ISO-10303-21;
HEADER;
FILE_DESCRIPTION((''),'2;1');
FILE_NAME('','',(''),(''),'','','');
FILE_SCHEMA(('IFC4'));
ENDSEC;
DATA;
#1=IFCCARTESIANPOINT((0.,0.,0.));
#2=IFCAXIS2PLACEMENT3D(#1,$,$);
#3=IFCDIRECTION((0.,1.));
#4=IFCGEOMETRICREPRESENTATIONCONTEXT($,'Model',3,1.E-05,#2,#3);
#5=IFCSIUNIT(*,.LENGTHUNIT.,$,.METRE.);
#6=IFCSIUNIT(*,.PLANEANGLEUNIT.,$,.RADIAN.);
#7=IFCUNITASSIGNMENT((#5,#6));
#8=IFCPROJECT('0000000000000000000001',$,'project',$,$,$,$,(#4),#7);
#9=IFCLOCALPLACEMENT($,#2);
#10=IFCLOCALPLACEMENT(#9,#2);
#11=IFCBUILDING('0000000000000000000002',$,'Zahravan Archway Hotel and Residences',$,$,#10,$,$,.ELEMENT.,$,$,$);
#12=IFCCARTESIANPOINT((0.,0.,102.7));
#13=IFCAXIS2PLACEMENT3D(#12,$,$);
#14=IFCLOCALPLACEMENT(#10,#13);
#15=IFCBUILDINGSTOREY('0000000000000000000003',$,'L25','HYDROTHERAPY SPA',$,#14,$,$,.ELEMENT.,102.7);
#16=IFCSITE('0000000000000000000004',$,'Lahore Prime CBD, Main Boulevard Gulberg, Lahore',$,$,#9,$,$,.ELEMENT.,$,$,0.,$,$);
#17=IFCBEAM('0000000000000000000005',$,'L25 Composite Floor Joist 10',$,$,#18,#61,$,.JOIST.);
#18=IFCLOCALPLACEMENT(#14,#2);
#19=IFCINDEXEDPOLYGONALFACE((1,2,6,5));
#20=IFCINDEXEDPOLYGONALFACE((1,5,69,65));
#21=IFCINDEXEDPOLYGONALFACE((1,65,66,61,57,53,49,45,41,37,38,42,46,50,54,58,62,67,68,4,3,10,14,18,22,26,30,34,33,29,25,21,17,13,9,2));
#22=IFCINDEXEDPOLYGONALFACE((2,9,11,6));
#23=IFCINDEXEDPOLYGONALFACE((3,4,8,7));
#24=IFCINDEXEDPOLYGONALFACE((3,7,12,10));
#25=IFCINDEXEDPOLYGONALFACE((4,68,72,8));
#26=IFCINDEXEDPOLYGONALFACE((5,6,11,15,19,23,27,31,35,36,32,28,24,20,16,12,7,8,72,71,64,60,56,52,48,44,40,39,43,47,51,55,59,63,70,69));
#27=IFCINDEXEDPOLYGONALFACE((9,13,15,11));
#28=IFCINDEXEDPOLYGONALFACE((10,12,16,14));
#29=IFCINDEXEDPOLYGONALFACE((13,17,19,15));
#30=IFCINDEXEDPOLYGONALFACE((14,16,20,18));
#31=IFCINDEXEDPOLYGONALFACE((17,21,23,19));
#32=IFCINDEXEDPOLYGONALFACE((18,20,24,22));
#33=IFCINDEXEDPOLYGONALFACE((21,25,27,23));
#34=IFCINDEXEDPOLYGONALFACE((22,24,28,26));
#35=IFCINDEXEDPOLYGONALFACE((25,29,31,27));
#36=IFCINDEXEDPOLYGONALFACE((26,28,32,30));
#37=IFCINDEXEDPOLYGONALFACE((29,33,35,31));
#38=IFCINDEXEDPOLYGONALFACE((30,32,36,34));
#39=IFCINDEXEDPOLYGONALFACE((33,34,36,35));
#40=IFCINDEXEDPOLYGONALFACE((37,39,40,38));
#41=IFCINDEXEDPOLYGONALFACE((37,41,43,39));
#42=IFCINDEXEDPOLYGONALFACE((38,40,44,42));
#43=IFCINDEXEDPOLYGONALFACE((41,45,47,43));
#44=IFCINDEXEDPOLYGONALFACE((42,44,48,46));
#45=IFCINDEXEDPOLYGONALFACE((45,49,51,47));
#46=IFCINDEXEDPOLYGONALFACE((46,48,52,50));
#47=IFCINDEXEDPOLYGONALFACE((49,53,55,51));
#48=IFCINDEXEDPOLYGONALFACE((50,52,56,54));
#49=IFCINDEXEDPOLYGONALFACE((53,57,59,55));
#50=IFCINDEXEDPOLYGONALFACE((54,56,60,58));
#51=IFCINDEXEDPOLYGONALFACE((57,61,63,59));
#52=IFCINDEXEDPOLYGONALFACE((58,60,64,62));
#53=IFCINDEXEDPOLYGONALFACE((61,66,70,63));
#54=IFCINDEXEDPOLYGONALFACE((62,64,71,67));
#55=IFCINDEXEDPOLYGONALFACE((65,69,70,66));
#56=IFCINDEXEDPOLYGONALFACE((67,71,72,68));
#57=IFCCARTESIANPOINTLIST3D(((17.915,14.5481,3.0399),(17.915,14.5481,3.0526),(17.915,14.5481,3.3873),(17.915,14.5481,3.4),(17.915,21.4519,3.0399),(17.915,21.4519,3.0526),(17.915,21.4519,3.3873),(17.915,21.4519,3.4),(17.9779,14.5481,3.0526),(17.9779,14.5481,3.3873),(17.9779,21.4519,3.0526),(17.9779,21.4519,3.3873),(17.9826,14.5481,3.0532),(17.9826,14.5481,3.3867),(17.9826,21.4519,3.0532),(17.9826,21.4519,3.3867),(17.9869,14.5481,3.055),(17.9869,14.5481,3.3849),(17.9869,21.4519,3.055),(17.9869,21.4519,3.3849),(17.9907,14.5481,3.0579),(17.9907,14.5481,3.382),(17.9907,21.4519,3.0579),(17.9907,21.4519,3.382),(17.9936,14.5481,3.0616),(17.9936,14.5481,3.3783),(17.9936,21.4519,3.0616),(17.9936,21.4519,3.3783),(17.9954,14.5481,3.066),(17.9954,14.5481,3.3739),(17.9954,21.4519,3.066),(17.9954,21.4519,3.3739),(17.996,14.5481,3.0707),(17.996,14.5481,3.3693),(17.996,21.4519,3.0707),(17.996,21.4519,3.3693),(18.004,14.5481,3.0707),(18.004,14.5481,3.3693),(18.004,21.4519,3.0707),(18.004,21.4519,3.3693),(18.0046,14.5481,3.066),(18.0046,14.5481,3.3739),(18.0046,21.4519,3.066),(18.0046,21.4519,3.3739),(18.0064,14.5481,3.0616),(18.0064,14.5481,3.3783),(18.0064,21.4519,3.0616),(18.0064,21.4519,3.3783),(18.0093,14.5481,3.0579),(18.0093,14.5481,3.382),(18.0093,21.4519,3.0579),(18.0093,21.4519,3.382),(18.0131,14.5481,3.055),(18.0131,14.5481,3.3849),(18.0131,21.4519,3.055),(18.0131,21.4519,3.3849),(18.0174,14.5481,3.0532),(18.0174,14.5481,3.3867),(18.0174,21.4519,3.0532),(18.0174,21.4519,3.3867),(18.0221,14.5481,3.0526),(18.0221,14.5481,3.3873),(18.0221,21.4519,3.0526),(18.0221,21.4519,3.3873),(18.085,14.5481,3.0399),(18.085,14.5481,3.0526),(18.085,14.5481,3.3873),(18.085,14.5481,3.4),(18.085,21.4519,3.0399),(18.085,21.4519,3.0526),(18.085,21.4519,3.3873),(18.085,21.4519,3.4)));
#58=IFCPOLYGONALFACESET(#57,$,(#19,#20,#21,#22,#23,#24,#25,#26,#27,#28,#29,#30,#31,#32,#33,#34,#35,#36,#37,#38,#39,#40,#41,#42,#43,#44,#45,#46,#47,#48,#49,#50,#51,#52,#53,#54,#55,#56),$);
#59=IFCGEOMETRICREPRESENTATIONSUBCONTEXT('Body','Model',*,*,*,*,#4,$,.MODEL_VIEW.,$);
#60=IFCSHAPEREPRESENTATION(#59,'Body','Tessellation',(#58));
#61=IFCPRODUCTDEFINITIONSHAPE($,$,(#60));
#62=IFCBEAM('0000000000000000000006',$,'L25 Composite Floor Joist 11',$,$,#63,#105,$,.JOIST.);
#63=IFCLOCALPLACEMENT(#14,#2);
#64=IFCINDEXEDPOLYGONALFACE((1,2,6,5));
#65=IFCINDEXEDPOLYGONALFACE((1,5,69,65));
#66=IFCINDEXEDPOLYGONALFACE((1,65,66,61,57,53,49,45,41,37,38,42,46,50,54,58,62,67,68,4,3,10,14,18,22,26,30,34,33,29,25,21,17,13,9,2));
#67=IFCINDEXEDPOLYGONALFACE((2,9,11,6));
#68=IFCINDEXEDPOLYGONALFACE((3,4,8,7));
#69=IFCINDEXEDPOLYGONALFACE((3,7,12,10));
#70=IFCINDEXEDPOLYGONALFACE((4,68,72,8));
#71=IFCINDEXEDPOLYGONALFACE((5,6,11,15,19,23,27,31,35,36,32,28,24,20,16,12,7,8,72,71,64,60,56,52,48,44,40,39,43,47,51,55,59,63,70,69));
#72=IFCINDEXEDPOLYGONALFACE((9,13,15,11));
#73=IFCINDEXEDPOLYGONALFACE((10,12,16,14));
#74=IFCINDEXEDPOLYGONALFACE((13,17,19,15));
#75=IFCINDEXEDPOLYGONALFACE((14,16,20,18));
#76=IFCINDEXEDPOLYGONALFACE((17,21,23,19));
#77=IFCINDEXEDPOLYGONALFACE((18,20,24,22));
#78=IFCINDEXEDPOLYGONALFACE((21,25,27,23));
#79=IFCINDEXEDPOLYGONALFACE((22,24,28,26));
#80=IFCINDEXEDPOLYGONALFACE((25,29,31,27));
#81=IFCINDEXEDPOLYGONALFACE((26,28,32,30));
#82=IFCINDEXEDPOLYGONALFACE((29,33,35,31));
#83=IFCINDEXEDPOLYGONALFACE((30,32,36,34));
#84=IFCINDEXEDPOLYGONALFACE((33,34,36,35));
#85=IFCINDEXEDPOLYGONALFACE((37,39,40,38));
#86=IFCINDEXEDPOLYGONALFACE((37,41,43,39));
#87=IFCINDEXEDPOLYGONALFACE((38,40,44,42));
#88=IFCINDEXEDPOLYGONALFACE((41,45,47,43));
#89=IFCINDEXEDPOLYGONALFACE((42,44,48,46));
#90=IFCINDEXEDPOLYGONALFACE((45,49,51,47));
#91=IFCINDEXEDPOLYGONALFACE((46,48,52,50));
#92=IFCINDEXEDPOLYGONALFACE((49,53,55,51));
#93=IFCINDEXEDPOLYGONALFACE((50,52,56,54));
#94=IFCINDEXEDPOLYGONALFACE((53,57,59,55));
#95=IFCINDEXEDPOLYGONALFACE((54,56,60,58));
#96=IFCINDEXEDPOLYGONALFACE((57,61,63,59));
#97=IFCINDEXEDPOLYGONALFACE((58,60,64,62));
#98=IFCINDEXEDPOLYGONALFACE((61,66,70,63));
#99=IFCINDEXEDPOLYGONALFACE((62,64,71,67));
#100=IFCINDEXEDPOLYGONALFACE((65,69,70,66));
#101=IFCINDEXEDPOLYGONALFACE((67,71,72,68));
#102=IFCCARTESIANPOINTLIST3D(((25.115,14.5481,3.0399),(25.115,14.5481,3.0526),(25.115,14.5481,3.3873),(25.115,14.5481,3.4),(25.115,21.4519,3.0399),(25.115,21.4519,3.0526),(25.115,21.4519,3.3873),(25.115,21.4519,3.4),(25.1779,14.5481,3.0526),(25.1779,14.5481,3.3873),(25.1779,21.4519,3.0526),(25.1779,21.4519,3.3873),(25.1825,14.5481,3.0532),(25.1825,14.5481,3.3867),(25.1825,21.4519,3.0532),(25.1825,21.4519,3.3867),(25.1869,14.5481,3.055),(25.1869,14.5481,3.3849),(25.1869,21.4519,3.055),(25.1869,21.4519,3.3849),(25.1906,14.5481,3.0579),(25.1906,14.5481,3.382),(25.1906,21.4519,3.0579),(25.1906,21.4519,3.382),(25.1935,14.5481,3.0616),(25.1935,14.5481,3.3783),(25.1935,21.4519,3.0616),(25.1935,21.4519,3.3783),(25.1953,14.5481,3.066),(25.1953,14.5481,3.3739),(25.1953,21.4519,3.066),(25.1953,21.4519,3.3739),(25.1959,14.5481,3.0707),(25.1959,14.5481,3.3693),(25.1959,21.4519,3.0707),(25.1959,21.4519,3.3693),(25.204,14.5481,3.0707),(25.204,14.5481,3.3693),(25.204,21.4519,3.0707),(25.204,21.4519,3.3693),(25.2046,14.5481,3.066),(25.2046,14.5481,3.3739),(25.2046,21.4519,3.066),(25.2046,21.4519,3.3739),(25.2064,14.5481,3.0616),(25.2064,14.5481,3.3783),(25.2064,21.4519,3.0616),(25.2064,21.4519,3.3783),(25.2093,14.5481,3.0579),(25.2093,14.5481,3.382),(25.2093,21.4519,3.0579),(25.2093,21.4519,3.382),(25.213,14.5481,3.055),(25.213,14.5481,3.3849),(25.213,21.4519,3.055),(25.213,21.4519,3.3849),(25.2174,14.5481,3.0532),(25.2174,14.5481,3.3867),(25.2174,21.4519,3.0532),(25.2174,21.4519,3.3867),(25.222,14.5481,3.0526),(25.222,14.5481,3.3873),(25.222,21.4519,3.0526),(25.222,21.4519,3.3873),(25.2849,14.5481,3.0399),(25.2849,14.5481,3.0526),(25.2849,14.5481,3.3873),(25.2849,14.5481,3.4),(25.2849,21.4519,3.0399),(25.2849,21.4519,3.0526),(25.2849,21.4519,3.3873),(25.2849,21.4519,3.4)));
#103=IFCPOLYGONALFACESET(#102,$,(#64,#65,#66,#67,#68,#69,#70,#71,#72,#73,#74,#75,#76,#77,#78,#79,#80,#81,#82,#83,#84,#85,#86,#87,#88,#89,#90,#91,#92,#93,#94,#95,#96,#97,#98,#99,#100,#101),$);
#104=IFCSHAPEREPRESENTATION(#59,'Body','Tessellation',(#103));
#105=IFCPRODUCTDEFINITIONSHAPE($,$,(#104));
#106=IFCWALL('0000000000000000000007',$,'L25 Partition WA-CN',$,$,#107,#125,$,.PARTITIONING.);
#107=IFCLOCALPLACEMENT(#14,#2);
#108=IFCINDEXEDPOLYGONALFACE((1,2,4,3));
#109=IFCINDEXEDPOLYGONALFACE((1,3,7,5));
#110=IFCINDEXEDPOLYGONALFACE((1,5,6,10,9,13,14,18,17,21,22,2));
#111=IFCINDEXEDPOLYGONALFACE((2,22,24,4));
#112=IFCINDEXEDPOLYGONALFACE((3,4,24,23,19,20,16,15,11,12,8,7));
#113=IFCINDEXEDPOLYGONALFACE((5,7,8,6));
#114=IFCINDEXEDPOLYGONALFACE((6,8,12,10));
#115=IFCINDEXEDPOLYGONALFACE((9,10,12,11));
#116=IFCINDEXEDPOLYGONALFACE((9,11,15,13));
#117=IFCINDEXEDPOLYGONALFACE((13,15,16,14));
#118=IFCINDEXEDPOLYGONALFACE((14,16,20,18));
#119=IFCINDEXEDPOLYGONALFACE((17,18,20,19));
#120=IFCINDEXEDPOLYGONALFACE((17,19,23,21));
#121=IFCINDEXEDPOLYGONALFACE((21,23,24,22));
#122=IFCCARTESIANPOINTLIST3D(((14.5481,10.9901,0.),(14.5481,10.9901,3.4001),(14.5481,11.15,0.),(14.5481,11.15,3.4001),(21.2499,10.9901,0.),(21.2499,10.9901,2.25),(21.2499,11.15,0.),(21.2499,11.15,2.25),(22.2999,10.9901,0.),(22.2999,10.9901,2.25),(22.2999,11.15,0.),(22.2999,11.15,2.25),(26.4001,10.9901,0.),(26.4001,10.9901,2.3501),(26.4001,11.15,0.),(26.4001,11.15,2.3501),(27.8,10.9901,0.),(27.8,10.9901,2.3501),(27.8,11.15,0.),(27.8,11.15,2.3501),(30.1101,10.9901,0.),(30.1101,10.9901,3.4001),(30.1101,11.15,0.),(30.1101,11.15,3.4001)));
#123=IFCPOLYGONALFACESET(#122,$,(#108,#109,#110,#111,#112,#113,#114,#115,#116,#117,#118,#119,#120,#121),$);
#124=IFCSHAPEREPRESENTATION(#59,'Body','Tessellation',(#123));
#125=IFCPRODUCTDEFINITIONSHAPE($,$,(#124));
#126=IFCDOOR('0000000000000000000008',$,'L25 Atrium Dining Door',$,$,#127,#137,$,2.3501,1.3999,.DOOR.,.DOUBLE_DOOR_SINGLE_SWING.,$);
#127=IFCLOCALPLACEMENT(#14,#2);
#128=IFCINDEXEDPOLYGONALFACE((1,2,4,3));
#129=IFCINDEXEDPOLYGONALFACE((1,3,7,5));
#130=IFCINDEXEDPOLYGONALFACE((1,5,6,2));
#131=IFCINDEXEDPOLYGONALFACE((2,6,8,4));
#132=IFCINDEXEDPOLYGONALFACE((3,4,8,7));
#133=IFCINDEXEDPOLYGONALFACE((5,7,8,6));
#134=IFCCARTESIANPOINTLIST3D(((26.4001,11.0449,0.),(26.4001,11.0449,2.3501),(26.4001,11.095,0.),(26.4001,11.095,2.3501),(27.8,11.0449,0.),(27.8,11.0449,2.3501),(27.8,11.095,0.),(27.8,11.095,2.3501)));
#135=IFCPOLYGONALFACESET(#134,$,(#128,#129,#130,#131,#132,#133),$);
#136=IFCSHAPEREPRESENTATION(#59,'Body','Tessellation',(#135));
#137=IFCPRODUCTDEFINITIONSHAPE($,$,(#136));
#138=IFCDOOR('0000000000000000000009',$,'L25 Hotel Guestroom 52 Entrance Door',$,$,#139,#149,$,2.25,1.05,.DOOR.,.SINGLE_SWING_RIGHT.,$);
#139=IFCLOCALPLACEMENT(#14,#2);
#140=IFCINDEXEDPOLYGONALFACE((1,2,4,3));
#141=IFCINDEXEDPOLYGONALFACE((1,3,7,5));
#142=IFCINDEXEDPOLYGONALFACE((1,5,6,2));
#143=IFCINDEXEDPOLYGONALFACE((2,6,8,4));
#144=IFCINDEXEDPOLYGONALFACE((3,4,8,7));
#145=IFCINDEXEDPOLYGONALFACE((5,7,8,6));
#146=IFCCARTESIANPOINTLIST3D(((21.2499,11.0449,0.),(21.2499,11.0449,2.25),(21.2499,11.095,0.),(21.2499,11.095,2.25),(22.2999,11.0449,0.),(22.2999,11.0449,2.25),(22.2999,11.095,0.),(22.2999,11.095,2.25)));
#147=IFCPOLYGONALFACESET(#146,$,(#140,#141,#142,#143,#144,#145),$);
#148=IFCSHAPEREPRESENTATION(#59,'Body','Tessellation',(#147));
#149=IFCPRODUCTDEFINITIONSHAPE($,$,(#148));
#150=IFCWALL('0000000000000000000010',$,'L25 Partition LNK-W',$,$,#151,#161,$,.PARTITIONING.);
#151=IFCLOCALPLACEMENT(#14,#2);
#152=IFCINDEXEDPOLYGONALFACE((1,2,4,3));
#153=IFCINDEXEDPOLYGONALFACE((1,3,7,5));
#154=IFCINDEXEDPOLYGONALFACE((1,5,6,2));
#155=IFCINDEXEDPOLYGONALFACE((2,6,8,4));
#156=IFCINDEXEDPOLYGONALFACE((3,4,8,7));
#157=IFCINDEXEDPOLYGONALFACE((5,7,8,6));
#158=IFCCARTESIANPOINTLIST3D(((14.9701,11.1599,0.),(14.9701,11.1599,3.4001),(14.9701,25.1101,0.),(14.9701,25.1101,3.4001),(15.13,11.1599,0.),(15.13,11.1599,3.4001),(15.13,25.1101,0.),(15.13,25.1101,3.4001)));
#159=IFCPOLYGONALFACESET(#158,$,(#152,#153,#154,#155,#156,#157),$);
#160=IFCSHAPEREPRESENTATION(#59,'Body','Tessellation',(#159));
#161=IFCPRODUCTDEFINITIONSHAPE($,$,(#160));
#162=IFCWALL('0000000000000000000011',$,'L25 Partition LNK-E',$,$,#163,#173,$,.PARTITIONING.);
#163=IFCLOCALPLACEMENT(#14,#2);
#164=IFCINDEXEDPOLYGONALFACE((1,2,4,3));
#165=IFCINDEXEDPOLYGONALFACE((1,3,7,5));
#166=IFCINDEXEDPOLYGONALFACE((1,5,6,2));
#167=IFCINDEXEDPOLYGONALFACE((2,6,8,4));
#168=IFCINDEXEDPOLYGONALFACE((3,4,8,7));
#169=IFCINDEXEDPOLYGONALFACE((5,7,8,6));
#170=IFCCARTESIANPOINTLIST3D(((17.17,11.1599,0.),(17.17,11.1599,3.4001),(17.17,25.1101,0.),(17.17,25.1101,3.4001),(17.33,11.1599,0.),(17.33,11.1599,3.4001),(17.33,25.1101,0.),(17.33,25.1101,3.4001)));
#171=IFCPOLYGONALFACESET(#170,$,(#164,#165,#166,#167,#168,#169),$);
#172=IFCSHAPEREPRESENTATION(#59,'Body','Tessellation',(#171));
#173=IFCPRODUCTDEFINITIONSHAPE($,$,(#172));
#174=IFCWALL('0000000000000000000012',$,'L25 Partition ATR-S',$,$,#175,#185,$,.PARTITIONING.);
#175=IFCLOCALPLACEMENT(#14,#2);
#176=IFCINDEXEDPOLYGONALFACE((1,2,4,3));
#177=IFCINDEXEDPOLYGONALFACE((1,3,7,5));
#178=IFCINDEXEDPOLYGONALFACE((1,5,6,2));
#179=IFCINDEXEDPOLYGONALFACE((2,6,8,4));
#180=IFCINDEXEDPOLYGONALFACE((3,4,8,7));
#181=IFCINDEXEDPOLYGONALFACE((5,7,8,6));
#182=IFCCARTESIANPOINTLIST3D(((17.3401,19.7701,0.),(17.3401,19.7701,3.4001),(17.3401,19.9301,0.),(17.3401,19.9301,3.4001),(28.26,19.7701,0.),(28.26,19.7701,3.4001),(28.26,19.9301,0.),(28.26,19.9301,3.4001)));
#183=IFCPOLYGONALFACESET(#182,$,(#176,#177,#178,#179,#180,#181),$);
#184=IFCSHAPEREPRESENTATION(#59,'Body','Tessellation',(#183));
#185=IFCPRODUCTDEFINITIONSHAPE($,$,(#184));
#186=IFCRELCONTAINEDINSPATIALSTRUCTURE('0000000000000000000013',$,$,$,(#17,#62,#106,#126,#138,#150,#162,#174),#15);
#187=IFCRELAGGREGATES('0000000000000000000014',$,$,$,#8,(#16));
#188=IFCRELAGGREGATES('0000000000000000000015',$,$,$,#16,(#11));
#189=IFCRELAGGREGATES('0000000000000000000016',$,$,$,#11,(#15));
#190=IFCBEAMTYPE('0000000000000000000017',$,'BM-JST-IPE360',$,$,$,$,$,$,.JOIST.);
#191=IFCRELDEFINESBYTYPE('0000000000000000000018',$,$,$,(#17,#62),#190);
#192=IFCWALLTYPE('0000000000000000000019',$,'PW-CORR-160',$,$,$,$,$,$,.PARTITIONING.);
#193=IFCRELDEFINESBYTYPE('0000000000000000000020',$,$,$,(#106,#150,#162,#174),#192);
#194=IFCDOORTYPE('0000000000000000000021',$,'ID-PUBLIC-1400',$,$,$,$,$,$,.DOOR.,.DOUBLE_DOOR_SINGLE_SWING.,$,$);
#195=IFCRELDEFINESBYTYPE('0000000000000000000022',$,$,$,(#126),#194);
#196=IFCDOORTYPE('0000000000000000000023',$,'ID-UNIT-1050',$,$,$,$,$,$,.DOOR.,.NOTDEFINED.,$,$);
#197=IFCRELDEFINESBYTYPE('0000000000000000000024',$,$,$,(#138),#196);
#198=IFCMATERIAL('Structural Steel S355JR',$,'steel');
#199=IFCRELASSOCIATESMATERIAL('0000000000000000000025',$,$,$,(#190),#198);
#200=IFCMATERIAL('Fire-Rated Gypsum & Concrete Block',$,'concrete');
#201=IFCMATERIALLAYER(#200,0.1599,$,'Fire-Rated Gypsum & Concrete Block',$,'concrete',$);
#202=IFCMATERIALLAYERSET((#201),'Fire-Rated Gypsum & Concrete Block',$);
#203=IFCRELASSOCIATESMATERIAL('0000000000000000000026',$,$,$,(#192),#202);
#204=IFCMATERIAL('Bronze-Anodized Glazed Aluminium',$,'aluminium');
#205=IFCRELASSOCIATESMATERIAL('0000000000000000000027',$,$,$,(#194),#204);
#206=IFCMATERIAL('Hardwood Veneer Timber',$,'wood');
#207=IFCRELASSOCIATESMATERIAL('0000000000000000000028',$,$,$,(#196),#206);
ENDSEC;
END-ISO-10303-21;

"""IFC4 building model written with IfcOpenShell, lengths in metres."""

from ifc_helpers import new_model, si_unit, direction, frame, frame_2d, origin, origin_2d, place, context, subcontext, project, spatial, rectangle, i_section, extrude, source, transform, mapped, material, layer, layer_set, material_profile, profile_set, type_object, type_shapes, element, fill, save


model = new_model("IFC4")

# Units and contexts
model_context = context("Model", 3, precision=1e-05, world=origin(), true_north=direction((0.0, 1.0)))
body_context = subcontext(model_context, "Body", "Model", "MODEL_VIEW")
ifc_project = project(units=[si_unit("LENGTHUNIT", "METRE"), si_unit("PLANEANGLEUNIT", "RADIAN")], contexts=[model_context])

# Site, building, storey
site_placement = place(None, origin())
site = spatial("IfcSite", under=ifc_project, at=site_placement, Name="Lahore Prime CBD, Main Boulevard Gulberg, Lahore", CompositionType="ELEMENT", RefElevation=0.0)
building_placement = place(site_placement, origin())
building = spatial("IfcBuilding", under=site, at=building_placement, Name="Zahravan Archway Hotel and Residences", CompositionType="ELEMENT")
storey_placement = place(building_placement, frame((0.0, 0.0, 102.7)))
storey = spatial("IfcBuildingStorey", under=building, at=storey_placement, Name="L25", Description="HYDROTHERAPY SPA", CompositionType="ELEMENT", Elevation=102.7)

# Beams
ifc_material_1 = material(Name="Structural Steel S355JR", Category="steel")
ifc_material_profile_1 = material_profile(ifc_material_1, i_section(OverallWidth=0.1699, OverallDepth=0.3601, WebThickness=0.0081, FlangeThickness=0.0127, FilletRadius=0.0181, at=origin_2d()), Name="IPE 360", Category="steel")
ifc_profile_set_1 = profile_set([ifc_material_profile_1], Name="Structural Steel S355JR")
beam_type_1 = type_object("IfcBeamType", Name="BM-JST-IPE360", PredefinedType="JOIST", material=ifc_profile_set_1)
shared_shape_1 = source(origin(), body_context, "Body", "SweptSolid", [
    extrude(i_section(OverallWidth=0.1699, OverallDepth=0.3601, WebThickness=0.0081, FlangeThickness=0.0127, FilletRadius=0.0181, at=origin_2d()), origin(), (0.0, 0.0, 1.0), 6.9038),
])
for number, where, z_axis, x_axis, name in (
    (1, (18.0, 14.5481, 3.22), (0.0, 1.0, 0.0), (-1.0, 0.0, 0.0), "L25 Composite Floor Joist 10"),
    (2, (25.2, 14.5481, 3.22), (0.0, 1.0, 0.0), (-1.0, 0.0, 0.0), "L25 Composite Floor Joist 11"),
):
    element("IfcBeam", number, at=place(storey_placement, frame(where, z_axis=z_axis, x_axis=x_axis)), inside=storey, type_object=beam_type_1, Name=name, PredefinedType="JOIST", context=body_context, shape_type="MappedRepresentation", body=[
        mapped(shared_shape_1, transform((0.0, 0.0, 0.0), scale=1.0)),
    ])

# Wall, openings, doors
ifc_material_2 = material(Name="Fire-Rated Gypsum & Concrete Block", Category="concrete")
ifc_layer_1 = layer(ifc_material_2, 0.1599, Name="Fire-Rated Gypsum & Concrete Block", Category="concrete")
ifc_layer_set_1 = layer_set([ifc_layer_1], Name="Fire-Rated Gypsum & Concrete Block")
wall_type_1 = type_object("IfcWallType", Name="PW-CORR-160", PredefinedType="PARTITIONING", material=ifc_layer_set_1)
wall_1_placement = place(storey_placement, frame((14.5481, 11.0701, 0.0), z_axis=(0.0, 0.0, 1.0), x_axis=(1.0, 0.0, 0.0)))
wall_1 = element("IfcWall", 3, at=wall_1_placement, inside=storey, type_object=wall_type_1, Name="L25 Partition WA-CN", PredefinedType="PARTITIONING", context=body_context, shape_type="SweptSolid", body=[
    extrude(rectangle(XDim=15.562, YDim=0.1599, at=frame_2d((7.781, 0.0))), origin(), (0.0, 0.0, 1.0), 3.4001),
])
opening_1_placement = place(wall_1_placement, frame((6.7019, 0.0, 0.0)))
opening_1 = element("IfcOpeningElement", 4, at=opening_1_placement, cuts=wall_1, PredefinedType="OPENING", context=body_context, shape_type="SweptSolid", body=[
    extrude(rectangle(XDim=1.05, YDim=2.25, at=frame_2d((0.5249, 1.125))), frame((0.0, 0.0898, 0.0), z_axis=(0.0, -1.0, 0.0), x_axis=(1.0, 0.0, 0.0)), (0.0, 0.0, 1.0), 0.1799),
])
opening_2_placement = place(wall_1_placement, frame((11.8521, 0.0, 0.0)))
opening_2 = element("IfcOpeningElement", 5, at=opening_2_placement, cuts=wall_1, PredefinedType="OPENING", context=body_context, shape_type="SweptSolid", body=[
    extrude(rectangle(XDim=1.3999, YDim=2.3501, at=frame_2d((0.7, 1.175))), frame((0.0, 0.0898, 0.0), z_axis=(0.0, -1.0, 0.0), x_axis=(1.0, 0.0, 0.0)), (0.0, 0.0, 1.0), 0.1799),
])
ifc_material_3 = material(Name="Bronze-Anodized Glazed Aluminium", Category="aluminium")
door_type_1 = type_object("IfcDoorType", Name="ID-PUBLIC-1400", OperationType="DOUBLE_DOOR_SINGLE_SWING", PredefinedType="DOOR", material=ifc_material_3)
shared_shape_2 = source(origin(), body_context, "Body", "SweptSolid", [
    extrude(rectangle(XDim=1.3999, YDim=2.3501, at=frame_2d((0.7, 1.175))), frame((0.0, 0.0249, 0.0), z_axis=(0.0, -1.0, 0.0), x_axis=(1.0, 0.0, 0.0)), (0.0, 0.0, 1.0), 0.05),
])
type_shapes(door_type_1, [shared_shape_2])
door_1_placement = place(opening_2_placement, origin())
door_1 = element("IfcDoor", 6, at=door_1_placement, inside=storey, type_object=door_type_1, Name="L25 Atrium Dining Door", OperationType="DOUBLE_DOOR_SINGLE_SWING", OverallHeight=2.3501, OverallWidth=1.3999, PredefinedType="DOOR", context=body_context, shape_type="MappedRepresentation", body=[
    mapped(shared_shape_2, transform((0.0, 0.0, 0.0), scale=1.0)),
])
fill(opening_2, door_1)
ifc_material_4 = material(Name="Hardwood Veneer Timber", Category="wood")
door_type_2 = type_object("IfcDoorType", Name="ID-UNIT-1050", OperationType="NOTDEFINED", PredefinedType="DOOR", material=ifc_material_4)
shared_shape_3 = source(origin(), body_context, "Body", "SweptSolid", [
    extrude(rectangle(XDim=1.05, YDim=2.25, at=frame_2d((0.5249, 1.125))), frame((0.0, 0.0249, 0.0), z_axis=(0.0, -1.0, 0.0), x_axis=(1.0, 0.0, 0.0)), (0.0, 0.0, 1.0), 0.05),
])
type_shapes(door_type_2, [shared_shape_3])
door_2_placement = place(opening_1_placement, origin())
door_2 = element("IfcDoor", 7, at=door_2_placement, inside=storey, type_object=door_type_2, Name="L25 Hotel Guestroom 52 Entrance Door", OperationType="SINGLE_SWING_RIGHT", OverallHeight=2.25, OverallWidth=1.05, PredefinedType="DOOR", context=body_context, shape_type="MappedRepresentation", body=[
    mapped(shared_shape_3, transform((0.0, 0.0, 0.0), scale=1.0)),
])
fill(opening_1, door_2)

# Walls
for number, where, z_axis, x_axis, name in (
    (8, (15.05, 11.1599, 0.0), (0.0, 0.0, 1.0), (0.0, 1.0, 0.0), "L25 Partition LNK-W"),
    (9, (17.25, 11.1599, 0.0), (0.0, 0.0, 1.0), (0.0, 1.0, 0.0), "L25 Partition LNK-E"),
):
    element("IfcWall", number, at=place(storey_placement, frame(where, z_axis=z_axis, x_axis=x_axis)), inside=storey, type_object=wall_type_1, Name=name, PredefinedType="PARTITIONING", context=body_context, shape_type="SweptSolid", body=[
        extrude(rectangle(XDim=13.9502, YDim=0.1599, at=frame_2d((6.9751, 0.0))), origin(), (0.0, 0.0, 1.0), 3.4001),
    ])
wall_2_placement = place(storey_placement, frame((17.3401, 19.8501, 0.0), z_axis=(0.0, 0.0, 1.0), x_axis=(1.0, 0.0, 0.0)))
element("IfcWall", 10, at=wall_2_placement, inside=storey, type_object=wall_type_1, Name="L25 Partition ATR-S", PredefinedType="PARTITIONING", context=body_context, shape_type="SweptSolid", body=[
    extrude(rectangle(XDim=10.9199, YDim=0.1599, at=frame_2d((5.46, 0.0))), origin(), (0.0, 0.0, 1.0), 3.4001),
])

save(model, "model.ifc")
